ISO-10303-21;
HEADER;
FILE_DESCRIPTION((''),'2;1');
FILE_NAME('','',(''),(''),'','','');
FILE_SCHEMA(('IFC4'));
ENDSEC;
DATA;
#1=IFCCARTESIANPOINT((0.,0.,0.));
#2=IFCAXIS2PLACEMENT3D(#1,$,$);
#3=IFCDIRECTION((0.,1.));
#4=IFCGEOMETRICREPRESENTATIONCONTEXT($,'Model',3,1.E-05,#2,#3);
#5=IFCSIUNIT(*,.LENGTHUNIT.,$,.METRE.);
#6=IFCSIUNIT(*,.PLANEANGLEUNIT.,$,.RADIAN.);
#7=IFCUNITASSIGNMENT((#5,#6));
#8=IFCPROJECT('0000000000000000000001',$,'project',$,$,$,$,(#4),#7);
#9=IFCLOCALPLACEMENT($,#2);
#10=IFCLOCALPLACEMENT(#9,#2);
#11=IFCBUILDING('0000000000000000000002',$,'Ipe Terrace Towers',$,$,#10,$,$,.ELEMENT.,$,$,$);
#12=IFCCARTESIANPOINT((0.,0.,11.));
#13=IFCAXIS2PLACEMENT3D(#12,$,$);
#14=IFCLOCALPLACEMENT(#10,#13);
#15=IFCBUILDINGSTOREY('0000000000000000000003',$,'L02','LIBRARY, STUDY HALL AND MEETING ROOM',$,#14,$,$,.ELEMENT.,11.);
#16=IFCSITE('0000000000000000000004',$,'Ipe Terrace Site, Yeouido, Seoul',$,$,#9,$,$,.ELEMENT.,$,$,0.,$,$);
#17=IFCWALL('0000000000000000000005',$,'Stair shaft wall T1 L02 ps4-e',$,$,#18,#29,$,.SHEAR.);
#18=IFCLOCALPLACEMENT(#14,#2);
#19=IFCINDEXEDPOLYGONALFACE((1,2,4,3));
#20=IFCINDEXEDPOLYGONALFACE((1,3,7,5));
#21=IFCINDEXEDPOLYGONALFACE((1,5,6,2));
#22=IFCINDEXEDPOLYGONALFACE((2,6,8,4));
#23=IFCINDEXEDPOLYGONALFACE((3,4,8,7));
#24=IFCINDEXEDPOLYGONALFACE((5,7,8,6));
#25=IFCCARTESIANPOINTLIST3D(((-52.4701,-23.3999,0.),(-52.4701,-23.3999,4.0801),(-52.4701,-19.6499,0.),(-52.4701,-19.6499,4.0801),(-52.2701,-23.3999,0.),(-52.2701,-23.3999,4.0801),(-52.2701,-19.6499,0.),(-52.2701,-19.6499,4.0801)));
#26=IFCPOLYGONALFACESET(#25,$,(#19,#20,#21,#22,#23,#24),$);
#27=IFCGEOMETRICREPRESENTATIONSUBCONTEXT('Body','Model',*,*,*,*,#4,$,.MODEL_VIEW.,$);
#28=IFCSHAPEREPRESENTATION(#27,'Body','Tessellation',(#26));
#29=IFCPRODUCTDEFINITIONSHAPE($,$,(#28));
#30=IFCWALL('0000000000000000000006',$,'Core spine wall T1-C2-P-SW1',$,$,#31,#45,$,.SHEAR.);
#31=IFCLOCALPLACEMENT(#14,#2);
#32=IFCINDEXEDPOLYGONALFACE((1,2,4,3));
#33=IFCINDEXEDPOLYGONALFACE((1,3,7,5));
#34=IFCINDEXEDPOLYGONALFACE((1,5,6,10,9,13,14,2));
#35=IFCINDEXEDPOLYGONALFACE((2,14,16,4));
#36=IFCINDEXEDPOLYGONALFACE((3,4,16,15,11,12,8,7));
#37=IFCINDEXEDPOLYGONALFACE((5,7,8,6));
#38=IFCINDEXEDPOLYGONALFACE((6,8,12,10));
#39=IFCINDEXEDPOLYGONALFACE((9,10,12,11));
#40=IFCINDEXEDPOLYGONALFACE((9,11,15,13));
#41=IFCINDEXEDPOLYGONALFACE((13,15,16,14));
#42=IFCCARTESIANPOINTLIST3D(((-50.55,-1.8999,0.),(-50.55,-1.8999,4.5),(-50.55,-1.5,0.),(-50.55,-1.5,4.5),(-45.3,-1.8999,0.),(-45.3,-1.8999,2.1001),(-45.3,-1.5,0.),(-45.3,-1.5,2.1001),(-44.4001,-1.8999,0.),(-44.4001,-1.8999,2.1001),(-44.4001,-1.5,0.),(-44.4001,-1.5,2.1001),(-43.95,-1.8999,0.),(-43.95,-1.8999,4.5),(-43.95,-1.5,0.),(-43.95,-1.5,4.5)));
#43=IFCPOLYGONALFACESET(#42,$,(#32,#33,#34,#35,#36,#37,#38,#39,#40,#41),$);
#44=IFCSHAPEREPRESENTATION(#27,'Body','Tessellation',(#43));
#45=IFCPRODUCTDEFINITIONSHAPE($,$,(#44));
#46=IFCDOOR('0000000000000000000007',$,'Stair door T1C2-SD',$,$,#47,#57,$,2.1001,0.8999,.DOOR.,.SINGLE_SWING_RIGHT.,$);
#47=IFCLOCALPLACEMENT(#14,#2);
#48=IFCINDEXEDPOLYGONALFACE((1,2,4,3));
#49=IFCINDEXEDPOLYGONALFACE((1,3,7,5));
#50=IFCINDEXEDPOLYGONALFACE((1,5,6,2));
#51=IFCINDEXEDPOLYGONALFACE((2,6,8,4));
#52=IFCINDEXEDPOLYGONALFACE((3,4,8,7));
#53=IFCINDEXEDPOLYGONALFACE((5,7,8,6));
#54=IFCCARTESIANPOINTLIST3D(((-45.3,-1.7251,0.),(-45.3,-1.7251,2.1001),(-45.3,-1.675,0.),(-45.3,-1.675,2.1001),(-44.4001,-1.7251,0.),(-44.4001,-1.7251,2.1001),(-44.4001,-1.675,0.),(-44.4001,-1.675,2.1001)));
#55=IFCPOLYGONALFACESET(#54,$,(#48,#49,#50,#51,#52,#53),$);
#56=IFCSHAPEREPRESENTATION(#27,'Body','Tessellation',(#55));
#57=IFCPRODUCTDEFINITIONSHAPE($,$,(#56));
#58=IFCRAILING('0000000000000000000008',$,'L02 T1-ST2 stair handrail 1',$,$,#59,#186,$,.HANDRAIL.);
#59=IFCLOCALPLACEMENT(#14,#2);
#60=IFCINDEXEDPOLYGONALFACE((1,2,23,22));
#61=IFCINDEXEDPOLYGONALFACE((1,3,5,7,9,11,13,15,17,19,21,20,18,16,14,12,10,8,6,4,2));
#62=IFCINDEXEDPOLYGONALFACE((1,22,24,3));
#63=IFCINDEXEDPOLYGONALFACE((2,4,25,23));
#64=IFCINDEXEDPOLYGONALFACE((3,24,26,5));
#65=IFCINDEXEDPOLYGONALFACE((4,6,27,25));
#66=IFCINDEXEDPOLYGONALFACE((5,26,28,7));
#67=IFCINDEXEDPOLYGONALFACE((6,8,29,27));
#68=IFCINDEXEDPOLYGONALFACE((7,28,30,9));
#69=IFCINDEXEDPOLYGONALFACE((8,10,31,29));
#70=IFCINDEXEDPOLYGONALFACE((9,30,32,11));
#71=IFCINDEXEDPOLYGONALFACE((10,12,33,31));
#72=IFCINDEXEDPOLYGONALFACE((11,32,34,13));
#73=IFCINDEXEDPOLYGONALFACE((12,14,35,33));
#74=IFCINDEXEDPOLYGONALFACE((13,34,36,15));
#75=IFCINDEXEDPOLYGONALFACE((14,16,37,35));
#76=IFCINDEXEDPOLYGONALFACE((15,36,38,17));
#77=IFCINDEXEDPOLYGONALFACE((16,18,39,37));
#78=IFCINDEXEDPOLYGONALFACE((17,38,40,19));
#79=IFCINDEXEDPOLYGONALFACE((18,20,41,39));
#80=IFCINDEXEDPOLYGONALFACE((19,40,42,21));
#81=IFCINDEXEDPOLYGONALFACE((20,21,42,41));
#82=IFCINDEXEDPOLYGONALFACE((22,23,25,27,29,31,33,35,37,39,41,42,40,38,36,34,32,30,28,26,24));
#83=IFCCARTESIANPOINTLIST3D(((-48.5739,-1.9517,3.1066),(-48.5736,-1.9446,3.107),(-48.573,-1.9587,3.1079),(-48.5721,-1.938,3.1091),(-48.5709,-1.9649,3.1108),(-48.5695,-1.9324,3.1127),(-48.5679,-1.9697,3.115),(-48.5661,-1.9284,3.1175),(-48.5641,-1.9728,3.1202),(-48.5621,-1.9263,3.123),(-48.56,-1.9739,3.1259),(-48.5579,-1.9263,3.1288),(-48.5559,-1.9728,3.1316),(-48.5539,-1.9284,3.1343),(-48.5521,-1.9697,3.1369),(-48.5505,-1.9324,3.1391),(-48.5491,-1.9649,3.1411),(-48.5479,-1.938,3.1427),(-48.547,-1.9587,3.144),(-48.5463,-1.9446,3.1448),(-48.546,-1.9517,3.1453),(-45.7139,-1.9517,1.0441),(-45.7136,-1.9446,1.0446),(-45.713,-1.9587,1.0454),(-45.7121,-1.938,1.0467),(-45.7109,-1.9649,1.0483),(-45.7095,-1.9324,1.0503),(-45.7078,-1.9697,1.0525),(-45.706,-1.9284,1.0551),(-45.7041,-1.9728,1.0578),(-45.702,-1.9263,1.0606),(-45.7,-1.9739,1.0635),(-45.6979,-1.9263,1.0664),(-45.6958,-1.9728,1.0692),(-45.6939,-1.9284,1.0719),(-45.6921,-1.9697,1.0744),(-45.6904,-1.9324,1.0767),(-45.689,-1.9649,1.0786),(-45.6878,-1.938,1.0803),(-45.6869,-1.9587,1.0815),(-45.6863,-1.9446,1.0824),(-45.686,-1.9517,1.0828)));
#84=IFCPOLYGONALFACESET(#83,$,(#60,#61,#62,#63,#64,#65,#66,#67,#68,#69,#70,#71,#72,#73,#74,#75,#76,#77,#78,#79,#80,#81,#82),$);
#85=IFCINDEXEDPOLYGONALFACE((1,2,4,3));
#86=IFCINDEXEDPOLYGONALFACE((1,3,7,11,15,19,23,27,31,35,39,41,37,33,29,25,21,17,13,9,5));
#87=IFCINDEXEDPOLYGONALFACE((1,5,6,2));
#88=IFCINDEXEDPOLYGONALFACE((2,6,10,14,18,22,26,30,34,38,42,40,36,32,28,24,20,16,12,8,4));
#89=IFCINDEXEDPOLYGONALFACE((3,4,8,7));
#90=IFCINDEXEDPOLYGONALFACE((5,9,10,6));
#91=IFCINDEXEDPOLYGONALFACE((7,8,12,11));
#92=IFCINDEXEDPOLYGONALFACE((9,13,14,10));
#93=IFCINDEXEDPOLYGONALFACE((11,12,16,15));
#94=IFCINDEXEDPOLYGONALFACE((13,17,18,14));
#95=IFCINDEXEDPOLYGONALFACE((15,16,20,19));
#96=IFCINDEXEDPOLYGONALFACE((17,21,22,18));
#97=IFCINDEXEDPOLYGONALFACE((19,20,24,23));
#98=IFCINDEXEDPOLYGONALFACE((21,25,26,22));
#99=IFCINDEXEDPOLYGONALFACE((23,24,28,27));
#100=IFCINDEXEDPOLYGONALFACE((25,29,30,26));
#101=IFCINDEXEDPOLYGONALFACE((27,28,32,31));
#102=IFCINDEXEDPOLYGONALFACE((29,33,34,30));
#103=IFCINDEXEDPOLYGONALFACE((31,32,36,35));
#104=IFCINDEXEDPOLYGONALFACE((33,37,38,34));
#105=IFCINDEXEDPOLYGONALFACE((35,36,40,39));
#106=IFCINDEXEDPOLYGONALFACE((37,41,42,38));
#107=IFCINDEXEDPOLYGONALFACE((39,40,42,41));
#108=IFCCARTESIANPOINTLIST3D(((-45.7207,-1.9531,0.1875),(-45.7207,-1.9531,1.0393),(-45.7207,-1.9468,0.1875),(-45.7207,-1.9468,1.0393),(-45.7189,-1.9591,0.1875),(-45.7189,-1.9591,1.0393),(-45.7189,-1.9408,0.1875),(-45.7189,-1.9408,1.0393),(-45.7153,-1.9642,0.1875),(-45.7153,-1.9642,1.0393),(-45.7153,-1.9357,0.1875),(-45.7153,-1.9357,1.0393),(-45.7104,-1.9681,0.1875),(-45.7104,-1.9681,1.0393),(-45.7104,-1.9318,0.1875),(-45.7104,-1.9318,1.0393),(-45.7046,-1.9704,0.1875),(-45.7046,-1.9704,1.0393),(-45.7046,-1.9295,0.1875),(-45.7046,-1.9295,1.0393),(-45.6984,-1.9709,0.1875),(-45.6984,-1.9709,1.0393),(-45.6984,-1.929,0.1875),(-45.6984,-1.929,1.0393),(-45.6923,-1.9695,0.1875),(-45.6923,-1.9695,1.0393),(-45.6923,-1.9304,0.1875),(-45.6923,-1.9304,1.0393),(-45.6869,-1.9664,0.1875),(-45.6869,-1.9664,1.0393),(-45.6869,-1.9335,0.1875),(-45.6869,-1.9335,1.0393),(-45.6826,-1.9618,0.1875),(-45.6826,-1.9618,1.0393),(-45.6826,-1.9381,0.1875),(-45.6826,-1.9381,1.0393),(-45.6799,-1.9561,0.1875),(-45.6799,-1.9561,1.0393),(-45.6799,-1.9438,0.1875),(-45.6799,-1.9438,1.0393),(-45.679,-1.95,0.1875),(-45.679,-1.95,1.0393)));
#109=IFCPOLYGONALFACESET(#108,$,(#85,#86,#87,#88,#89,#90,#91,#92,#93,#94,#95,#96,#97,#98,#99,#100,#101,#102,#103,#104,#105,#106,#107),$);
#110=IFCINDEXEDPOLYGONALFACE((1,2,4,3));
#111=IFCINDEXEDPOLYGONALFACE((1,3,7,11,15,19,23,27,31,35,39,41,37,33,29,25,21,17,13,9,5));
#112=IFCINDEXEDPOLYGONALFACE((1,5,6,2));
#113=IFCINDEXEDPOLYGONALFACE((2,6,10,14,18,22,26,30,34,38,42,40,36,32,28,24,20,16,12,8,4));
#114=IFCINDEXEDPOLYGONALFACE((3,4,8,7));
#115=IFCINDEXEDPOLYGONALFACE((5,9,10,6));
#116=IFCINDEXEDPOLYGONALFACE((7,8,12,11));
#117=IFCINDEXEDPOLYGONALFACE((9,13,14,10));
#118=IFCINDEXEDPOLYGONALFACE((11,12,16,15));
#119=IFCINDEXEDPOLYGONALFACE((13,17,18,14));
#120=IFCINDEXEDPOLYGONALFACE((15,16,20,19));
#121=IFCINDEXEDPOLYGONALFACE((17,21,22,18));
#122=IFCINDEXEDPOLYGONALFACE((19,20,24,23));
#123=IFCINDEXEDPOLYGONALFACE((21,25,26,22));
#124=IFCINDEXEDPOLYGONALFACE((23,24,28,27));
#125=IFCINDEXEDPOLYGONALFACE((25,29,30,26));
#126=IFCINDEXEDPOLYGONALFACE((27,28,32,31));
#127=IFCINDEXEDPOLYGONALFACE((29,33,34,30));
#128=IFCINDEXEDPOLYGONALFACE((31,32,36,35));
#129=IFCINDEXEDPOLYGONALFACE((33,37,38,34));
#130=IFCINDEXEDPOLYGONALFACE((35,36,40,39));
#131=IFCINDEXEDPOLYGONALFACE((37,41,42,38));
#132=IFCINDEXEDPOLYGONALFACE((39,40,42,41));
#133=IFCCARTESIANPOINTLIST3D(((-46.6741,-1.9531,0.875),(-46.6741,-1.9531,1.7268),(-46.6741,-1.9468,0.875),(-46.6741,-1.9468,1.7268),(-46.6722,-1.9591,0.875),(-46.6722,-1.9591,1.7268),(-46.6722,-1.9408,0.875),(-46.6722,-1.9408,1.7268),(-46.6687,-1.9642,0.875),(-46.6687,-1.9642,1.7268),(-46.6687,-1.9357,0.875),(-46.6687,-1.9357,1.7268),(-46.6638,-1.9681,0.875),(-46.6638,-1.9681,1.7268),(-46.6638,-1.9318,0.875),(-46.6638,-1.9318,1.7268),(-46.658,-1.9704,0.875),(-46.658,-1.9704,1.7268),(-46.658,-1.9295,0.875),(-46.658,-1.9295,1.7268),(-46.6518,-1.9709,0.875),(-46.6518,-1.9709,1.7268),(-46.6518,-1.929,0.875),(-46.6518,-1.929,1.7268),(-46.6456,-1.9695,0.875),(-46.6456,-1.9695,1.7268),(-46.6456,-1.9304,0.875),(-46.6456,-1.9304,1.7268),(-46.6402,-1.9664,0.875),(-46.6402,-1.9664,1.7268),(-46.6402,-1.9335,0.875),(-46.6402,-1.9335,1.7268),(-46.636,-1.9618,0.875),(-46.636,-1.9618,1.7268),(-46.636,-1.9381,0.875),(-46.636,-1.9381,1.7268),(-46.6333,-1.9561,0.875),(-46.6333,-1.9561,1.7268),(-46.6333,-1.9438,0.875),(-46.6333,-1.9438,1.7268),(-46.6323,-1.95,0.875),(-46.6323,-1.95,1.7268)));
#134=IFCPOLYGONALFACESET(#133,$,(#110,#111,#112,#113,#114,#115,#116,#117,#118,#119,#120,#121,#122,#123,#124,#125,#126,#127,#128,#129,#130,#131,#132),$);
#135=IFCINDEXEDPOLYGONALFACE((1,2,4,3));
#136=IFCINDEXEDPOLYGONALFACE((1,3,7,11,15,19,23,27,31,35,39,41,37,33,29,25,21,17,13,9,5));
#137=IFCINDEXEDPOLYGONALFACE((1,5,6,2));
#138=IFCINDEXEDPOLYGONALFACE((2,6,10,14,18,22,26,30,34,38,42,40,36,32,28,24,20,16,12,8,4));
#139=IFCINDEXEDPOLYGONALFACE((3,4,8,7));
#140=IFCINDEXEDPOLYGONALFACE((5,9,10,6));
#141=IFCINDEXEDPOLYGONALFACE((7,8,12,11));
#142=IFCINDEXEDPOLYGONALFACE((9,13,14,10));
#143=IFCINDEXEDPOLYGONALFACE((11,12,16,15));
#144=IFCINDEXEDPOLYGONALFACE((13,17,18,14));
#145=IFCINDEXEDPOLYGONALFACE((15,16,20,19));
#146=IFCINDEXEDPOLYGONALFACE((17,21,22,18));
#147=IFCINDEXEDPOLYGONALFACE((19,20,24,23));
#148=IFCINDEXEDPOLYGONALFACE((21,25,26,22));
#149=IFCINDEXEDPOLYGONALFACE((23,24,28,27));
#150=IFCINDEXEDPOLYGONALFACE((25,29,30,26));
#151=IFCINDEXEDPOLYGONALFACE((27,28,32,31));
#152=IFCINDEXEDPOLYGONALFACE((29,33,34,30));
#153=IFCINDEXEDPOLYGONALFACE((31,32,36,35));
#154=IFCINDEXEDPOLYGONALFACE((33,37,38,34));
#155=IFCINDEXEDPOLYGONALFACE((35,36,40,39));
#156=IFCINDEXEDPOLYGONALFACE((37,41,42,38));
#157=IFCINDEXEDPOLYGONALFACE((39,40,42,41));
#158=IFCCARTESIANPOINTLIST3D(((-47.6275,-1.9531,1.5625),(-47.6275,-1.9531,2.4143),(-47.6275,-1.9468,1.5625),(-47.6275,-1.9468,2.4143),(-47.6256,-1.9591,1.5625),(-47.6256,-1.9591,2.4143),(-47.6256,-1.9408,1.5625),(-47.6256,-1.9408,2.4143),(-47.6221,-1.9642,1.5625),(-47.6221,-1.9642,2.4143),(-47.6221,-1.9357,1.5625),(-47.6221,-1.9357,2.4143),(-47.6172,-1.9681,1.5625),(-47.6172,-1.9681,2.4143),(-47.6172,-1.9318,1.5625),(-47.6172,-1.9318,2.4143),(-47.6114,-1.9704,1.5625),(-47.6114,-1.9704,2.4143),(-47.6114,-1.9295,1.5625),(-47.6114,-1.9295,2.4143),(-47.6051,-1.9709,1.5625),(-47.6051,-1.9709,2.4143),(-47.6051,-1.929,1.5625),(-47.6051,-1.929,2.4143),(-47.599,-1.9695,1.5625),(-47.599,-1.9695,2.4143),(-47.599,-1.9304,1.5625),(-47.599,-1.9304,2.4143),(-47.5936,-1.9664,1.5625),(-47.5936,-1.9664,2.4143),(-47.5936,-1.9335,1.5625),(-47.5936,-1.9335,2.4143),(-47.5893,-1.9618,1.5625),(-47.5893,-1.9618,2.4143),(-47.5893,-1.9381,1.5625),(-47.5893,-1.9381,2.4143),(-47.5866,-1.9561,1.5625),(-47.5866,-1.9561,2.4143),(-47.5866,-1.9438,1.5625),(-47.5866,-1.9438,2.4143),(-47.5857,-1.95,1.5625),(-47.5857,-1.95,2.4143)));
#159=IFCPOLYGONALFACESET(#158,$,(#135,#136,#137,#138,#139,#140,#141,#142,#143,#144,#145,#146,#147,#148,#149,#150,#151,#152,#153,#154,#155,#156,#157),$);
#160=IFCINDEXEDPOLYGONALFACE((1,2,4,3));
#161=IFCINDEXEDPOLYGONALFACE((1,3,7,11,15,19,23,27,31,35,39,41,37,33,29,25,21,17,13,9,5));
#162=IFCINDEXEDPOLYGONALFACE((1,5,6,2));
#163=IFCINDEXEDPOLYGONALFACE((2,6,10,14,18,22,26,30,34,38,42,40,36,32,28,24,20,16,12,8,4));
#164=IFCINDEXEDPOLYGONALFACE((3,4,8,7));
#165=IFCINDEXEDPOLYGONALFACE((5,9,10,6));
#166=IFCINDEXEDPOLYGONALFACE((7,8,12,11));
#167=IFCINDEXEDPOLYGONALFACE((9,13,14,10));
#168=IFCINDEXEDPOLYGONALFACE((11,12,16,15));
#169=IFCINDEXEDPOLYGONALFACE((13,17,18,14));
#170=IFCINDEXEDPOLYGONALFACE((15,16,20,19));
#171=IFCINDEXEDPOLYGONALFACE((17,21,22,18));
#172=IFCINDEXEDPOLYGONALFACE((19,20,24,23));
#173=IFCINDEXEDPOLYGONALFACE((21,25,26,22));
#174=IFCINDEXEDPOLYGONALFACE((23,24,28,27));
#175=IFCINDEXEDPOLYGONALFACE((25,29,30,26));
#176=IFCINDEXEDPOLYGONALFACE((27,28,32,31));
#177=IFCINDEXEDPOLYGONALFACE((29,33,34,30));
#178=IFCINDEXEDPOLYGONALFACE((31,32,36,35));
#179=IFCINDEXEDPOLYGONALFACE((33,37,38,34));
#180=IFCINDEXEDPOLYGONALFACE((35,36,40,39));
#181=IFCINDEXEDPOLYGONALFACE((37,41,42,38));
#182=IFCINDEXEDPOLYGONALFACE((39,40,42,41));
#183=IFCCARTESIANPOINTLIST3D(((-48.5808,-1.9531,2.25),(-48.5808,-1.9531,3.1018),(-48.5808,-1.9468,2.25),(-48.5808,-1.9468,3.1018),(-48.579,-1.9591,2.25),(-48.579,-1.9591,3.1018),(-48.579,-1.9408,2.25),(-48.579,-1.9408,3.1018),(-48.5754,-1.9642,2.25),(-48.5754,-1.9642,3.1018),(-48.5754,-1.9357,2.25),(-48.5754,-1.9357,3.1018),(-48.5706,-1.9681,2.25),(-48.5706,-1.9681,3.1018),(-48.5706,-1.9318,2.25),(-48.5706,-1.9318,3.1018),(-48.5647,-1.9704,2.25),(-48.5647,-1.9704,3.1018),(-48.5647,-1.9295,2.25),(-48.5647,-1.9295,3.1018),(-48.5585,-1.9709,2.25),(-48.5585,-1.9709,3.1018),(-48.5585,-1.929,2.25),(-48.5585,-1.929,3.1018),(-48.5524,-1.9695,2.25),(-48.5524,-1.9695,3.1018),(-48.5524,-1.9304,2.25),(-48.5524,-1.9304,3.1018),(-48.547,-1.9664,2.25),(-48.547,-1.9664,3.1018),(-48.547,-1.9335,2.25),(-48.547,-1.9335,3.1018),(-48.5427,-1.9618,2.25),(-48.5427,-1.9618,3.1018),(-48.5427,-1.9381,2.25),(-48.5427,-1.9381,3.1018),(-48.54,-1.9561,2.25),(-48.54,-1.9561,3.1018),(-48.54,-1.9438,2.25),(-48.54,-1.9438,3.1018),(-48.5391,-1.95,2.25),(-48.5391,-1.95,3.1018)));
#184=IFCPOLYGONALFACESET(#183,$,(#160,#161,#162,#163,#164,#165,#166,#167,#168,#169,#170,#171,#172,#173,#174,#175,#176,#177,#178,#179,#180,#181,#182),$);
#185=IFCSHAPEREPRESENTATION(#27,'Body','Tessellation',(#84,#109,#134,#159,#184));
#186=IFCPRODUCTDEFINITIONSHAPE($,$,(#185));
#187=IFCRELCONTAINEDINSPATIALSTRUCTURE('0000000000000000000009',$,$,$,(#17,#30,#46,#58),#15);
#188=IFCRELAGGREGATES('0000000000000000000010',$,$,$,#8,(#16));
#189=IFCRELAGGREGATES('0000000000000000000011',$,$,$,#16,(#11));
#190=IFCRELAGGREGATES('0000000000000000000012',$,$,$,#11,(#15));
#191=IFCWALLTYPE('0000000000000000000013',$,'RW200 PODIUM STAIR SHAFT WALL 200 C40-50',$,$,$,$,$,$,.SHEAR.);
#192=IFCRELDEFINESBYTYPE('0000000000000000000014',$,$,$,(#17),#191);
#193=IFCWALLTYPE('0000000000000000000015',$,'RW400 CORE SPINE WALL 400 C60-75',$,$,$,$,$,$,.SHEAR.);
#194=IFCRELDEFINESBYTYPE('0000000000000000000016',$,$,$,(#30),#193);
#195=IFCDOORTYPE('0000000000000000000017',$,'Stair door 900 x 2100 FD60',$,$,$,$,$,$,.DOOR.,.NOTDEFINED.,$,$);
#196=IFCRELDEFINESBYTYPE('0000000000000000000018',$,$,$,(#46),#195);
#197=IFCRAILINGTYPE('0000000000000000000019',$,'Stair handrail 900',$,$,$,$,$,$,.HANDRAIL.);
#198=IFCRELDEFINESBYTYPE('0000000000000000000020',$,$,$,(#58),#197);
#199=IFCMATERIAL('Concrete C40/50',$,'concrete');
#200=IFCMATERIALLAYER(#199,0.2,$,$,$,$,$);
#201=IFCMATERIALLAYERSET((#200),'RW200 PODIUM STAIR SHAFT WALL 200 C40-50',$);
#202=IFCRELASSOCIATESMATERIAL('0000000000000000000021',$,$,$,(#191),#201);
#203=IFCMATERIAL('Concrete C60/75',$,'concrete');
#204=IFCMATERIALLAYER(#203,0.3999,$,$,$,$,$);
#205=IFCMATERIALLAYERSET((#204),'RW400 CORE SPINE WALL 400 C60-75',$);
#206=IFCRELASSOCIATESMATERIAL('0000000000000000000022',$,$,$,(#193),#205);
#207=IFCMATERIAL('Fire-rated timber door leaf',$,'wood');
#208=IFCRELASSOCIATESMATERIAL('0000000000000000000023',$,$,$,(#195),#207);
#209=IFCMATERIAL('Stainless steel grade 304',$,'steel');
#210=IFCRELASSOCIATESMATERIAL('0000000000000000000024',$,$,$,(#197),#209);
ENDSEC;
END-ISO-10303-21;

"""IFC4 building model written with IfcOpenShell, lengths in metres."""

from ifc_helpers import new_model, si_unit, direction, frame, frame_2d, origin, origin_2d, place, context, subcontext, project, spatial, rectangle, circle, extrude, material, layer, layer_set, type_object, element, fill, save


model = new_model("IFC4")

# Units and contexts
model_context = context("Model", 3, precision=1e-05, world=origin(), true_north=direction((0.0, 1.0)))
body_context = subcontext(model_context, "Body", "Model", "MODEL_VIEW")
ifc_project = project(units=[si_unit("LENGTHUNIT", "METRE"), si_unit("PLANEANGLEUNIT", "RADIAN")], contexts=[model_context])

# Site, building, storey
site_placement = place(None, origin())
site = spatial("IfcSite", under=ifc_project, at=site_placement, Name="Ipe Terrace Site, Yeouido, Seoul", CompositionType="ELEMENT", RefElevation=0.0)
building_placement = place(site_placement, origin())
building = spatial("IfcBuilding", under=site, at=building_placement, Name="Ipe Terrace Towers", CompositionType="ELEMENT")
storey_placement = place(building_placement, frame((0.0, 0.0, 11.0)))
storey = spatial("IfcBuildingStorey", under=building, at=storey_placement, Name="L02", Description="LIBRARY, STUDY HALL AND MEETING ROOM", CompositionType="ELEMENT", Elevation=11.0)

# Wall
ifc_material_1 = material(Name="Concrete C40/50", Category="concrete")
ifc_layer_1 = layer(ifc_material_1, 0.2)
ifc_layer_set_1 = layer_set([ifc_layer_1], Name="RW200 PODIUM STAIR SHAFT WALL 200 C40-50")
wall_type_1 = type_object("IfcWallType", Name="RW200 PODIUM STAIR SHAFT WALL 200 C40-50", PredefinedType="SHEAR", material=ifc_layer_set_1)
wall_1_placement = place(storey_placement, frame((-52.3701, -23.3999, 0.0), z_axis=(0.0, 0.0, 1.0), x_axis=(0.0, 1.0, 0.0)))
element("IfcWall", 1, at=wall_1_placement, inside=storey, type_object=wall_type_1, Name="Stair shaft wall T1 L02 ps4-e", PredefinedType="SHEAR", context=body_context, shape_type="SweptSolid", body=[
    extrude(rectangle(XDim=3.75, YDim=0.2, at=frame_2d((1.875, 0.0))), origin(), (0.0, 0.0, 1.0), 4.0801),
])

# Wall, opening, door
ifc_material_2 = material(Name="Concrete C60/75", Category="concrete")
ifc_layer_2 = layer(ifc_material_2, 0.3999)
ifc_layer_set_2 = layer_set([ifc_layer_2], Name="RW400 CORE SPINE WALL 400 C60-75")
wall_type_2 = type_object("IfcWallType", Name="RW400 CORE SPINE WALL 400 C60-75", PredefinedType="SHEAR", material=ifc_layer_set_2)
wall_2_placement = place(storey_placement, frame((-50.55, -1.7, 0.0), z_axis=(0.0, 0.0, 1.0), x_axis=(1.0, 0.0, 0.0)))
wall_2 = element("IfcWall", 2, at=wall_2_placement, inside=storey, type_object=wall_type_2, Name="Core spine wall T1-C2-P-SW1", PredefinedType="SHEAR", context=body_context, shape_type="SweptSolid", body=[
    extrude(rectangle(XDim=6.6001, YDim=0.3999, at=frame_2d((3.3, 0.0))), origin(), (0.0, 0.0, 1.0), 4.5),
])
opening_1_placement = place(wall_2_placement, frame((5.25, 0.0, 0.0)))
opening_1 = element("IfcOpeningElement", 3, at=opening_1_placement, cuts=wall_2, PredefinedType="OPENING", context=body_context, shape_type="SweptSolid", body=[
    extrude(rectangle(XDim=0.8999, YDim=2.1001, at=frame_2d((0.45, 1.05))), frame((0.0, 0.21, 0.0), z_axis=(0.0, -1.0, 0.0), x_axis=(1.0, 0.0, 0.0)), (0.0, 0.0, 1.0), 0.4199),
])
ifc_material_3 = material(Name="Fire-rated timber door leaf", Category="wood")
door_type_1 = type_object("IfcDoorType", Name="Stair door 900 x 2100 FD60", OperationType="NOTDEFINED", PredefinedType="DOOR", material=ifc_material_3)
door_1_placement = place(opening_1_placement, origin())
door_1 = element("IfcDoor", 4, at=door_1_placement, inside=storey, type_object=door_type_1, Name="Stair door T1C2-SD", OperationType="SINGLE_SWING_RIGHT", OverallHeight=2.1001, OverallWidth=0.8999, PredefinedType="DOOR", context=body_context, shape_type="SweptSolid", body=[
    extrude(rectangle(XDim=0.8999, YDim=2.1001, at=frame_2d((0.45, 1.05))), frame((0.0, 0.0249, 0.0), z_axis=(0.0, -1.0, 0.0), x_axis=(1.0, 0.0, 0.0)), (0.0, 0.0, 1.0), 0.05),
])
fill(opening_1, door_1)

# Railing
ifc_material_4 = material(Name="Stainless steel grade 304", Category="steel")
railing_type_1 = type_object("IfcRailingType", Name="Stair handrail 900", PredefinedType="HANDRAIL", material=ifc_material_4)
railing_1_placement = place(storey_placement, frame((-45.7, -1.95, 0.1875)))
element("IfcRailing", 5, at=railing_1_placement, inside=storey, type_object=railing_type_1, Name="L02 T1-ST2 stair handrail 1", PredefinedType="HANDRAIL", context=body_context, shape_type="SweptSolid", body=[
    extrude(circle(Radius=0.0239, at=origin_2d()), frame((0.0, 0.0, 0.876), z_axis=(-0.811101, 0.0, 0.584906), x_axis=(0.0, -1.0, 0.0)), (0.0, 0.0, 1.0), 3.5261),
    extrude(circle(Radius=0.021, at=origin_2d()), origin(), (0.0, 0.0, 1.0), 0.8518),
    extrude(circle(Radius=0.021, at=origin_2d()), frame((-0.9534, 0.0, 0.6875)), (0.0, 0.0, 1.0), 0.8518),
    extrude(circle(Radius=0.021, at=origin_2d()), frame((-1.9067, 0.0, 1.375)), (0.0, 0.0, 1.0), 0.8518),
    extrude(circle(Radius=0.021, at=origin_2d()), frame((-2.8601, 0.0, 2.0625)), (0.0, 0.0, 1.0), 0.8518),
])

save(model, "model.ifc")
